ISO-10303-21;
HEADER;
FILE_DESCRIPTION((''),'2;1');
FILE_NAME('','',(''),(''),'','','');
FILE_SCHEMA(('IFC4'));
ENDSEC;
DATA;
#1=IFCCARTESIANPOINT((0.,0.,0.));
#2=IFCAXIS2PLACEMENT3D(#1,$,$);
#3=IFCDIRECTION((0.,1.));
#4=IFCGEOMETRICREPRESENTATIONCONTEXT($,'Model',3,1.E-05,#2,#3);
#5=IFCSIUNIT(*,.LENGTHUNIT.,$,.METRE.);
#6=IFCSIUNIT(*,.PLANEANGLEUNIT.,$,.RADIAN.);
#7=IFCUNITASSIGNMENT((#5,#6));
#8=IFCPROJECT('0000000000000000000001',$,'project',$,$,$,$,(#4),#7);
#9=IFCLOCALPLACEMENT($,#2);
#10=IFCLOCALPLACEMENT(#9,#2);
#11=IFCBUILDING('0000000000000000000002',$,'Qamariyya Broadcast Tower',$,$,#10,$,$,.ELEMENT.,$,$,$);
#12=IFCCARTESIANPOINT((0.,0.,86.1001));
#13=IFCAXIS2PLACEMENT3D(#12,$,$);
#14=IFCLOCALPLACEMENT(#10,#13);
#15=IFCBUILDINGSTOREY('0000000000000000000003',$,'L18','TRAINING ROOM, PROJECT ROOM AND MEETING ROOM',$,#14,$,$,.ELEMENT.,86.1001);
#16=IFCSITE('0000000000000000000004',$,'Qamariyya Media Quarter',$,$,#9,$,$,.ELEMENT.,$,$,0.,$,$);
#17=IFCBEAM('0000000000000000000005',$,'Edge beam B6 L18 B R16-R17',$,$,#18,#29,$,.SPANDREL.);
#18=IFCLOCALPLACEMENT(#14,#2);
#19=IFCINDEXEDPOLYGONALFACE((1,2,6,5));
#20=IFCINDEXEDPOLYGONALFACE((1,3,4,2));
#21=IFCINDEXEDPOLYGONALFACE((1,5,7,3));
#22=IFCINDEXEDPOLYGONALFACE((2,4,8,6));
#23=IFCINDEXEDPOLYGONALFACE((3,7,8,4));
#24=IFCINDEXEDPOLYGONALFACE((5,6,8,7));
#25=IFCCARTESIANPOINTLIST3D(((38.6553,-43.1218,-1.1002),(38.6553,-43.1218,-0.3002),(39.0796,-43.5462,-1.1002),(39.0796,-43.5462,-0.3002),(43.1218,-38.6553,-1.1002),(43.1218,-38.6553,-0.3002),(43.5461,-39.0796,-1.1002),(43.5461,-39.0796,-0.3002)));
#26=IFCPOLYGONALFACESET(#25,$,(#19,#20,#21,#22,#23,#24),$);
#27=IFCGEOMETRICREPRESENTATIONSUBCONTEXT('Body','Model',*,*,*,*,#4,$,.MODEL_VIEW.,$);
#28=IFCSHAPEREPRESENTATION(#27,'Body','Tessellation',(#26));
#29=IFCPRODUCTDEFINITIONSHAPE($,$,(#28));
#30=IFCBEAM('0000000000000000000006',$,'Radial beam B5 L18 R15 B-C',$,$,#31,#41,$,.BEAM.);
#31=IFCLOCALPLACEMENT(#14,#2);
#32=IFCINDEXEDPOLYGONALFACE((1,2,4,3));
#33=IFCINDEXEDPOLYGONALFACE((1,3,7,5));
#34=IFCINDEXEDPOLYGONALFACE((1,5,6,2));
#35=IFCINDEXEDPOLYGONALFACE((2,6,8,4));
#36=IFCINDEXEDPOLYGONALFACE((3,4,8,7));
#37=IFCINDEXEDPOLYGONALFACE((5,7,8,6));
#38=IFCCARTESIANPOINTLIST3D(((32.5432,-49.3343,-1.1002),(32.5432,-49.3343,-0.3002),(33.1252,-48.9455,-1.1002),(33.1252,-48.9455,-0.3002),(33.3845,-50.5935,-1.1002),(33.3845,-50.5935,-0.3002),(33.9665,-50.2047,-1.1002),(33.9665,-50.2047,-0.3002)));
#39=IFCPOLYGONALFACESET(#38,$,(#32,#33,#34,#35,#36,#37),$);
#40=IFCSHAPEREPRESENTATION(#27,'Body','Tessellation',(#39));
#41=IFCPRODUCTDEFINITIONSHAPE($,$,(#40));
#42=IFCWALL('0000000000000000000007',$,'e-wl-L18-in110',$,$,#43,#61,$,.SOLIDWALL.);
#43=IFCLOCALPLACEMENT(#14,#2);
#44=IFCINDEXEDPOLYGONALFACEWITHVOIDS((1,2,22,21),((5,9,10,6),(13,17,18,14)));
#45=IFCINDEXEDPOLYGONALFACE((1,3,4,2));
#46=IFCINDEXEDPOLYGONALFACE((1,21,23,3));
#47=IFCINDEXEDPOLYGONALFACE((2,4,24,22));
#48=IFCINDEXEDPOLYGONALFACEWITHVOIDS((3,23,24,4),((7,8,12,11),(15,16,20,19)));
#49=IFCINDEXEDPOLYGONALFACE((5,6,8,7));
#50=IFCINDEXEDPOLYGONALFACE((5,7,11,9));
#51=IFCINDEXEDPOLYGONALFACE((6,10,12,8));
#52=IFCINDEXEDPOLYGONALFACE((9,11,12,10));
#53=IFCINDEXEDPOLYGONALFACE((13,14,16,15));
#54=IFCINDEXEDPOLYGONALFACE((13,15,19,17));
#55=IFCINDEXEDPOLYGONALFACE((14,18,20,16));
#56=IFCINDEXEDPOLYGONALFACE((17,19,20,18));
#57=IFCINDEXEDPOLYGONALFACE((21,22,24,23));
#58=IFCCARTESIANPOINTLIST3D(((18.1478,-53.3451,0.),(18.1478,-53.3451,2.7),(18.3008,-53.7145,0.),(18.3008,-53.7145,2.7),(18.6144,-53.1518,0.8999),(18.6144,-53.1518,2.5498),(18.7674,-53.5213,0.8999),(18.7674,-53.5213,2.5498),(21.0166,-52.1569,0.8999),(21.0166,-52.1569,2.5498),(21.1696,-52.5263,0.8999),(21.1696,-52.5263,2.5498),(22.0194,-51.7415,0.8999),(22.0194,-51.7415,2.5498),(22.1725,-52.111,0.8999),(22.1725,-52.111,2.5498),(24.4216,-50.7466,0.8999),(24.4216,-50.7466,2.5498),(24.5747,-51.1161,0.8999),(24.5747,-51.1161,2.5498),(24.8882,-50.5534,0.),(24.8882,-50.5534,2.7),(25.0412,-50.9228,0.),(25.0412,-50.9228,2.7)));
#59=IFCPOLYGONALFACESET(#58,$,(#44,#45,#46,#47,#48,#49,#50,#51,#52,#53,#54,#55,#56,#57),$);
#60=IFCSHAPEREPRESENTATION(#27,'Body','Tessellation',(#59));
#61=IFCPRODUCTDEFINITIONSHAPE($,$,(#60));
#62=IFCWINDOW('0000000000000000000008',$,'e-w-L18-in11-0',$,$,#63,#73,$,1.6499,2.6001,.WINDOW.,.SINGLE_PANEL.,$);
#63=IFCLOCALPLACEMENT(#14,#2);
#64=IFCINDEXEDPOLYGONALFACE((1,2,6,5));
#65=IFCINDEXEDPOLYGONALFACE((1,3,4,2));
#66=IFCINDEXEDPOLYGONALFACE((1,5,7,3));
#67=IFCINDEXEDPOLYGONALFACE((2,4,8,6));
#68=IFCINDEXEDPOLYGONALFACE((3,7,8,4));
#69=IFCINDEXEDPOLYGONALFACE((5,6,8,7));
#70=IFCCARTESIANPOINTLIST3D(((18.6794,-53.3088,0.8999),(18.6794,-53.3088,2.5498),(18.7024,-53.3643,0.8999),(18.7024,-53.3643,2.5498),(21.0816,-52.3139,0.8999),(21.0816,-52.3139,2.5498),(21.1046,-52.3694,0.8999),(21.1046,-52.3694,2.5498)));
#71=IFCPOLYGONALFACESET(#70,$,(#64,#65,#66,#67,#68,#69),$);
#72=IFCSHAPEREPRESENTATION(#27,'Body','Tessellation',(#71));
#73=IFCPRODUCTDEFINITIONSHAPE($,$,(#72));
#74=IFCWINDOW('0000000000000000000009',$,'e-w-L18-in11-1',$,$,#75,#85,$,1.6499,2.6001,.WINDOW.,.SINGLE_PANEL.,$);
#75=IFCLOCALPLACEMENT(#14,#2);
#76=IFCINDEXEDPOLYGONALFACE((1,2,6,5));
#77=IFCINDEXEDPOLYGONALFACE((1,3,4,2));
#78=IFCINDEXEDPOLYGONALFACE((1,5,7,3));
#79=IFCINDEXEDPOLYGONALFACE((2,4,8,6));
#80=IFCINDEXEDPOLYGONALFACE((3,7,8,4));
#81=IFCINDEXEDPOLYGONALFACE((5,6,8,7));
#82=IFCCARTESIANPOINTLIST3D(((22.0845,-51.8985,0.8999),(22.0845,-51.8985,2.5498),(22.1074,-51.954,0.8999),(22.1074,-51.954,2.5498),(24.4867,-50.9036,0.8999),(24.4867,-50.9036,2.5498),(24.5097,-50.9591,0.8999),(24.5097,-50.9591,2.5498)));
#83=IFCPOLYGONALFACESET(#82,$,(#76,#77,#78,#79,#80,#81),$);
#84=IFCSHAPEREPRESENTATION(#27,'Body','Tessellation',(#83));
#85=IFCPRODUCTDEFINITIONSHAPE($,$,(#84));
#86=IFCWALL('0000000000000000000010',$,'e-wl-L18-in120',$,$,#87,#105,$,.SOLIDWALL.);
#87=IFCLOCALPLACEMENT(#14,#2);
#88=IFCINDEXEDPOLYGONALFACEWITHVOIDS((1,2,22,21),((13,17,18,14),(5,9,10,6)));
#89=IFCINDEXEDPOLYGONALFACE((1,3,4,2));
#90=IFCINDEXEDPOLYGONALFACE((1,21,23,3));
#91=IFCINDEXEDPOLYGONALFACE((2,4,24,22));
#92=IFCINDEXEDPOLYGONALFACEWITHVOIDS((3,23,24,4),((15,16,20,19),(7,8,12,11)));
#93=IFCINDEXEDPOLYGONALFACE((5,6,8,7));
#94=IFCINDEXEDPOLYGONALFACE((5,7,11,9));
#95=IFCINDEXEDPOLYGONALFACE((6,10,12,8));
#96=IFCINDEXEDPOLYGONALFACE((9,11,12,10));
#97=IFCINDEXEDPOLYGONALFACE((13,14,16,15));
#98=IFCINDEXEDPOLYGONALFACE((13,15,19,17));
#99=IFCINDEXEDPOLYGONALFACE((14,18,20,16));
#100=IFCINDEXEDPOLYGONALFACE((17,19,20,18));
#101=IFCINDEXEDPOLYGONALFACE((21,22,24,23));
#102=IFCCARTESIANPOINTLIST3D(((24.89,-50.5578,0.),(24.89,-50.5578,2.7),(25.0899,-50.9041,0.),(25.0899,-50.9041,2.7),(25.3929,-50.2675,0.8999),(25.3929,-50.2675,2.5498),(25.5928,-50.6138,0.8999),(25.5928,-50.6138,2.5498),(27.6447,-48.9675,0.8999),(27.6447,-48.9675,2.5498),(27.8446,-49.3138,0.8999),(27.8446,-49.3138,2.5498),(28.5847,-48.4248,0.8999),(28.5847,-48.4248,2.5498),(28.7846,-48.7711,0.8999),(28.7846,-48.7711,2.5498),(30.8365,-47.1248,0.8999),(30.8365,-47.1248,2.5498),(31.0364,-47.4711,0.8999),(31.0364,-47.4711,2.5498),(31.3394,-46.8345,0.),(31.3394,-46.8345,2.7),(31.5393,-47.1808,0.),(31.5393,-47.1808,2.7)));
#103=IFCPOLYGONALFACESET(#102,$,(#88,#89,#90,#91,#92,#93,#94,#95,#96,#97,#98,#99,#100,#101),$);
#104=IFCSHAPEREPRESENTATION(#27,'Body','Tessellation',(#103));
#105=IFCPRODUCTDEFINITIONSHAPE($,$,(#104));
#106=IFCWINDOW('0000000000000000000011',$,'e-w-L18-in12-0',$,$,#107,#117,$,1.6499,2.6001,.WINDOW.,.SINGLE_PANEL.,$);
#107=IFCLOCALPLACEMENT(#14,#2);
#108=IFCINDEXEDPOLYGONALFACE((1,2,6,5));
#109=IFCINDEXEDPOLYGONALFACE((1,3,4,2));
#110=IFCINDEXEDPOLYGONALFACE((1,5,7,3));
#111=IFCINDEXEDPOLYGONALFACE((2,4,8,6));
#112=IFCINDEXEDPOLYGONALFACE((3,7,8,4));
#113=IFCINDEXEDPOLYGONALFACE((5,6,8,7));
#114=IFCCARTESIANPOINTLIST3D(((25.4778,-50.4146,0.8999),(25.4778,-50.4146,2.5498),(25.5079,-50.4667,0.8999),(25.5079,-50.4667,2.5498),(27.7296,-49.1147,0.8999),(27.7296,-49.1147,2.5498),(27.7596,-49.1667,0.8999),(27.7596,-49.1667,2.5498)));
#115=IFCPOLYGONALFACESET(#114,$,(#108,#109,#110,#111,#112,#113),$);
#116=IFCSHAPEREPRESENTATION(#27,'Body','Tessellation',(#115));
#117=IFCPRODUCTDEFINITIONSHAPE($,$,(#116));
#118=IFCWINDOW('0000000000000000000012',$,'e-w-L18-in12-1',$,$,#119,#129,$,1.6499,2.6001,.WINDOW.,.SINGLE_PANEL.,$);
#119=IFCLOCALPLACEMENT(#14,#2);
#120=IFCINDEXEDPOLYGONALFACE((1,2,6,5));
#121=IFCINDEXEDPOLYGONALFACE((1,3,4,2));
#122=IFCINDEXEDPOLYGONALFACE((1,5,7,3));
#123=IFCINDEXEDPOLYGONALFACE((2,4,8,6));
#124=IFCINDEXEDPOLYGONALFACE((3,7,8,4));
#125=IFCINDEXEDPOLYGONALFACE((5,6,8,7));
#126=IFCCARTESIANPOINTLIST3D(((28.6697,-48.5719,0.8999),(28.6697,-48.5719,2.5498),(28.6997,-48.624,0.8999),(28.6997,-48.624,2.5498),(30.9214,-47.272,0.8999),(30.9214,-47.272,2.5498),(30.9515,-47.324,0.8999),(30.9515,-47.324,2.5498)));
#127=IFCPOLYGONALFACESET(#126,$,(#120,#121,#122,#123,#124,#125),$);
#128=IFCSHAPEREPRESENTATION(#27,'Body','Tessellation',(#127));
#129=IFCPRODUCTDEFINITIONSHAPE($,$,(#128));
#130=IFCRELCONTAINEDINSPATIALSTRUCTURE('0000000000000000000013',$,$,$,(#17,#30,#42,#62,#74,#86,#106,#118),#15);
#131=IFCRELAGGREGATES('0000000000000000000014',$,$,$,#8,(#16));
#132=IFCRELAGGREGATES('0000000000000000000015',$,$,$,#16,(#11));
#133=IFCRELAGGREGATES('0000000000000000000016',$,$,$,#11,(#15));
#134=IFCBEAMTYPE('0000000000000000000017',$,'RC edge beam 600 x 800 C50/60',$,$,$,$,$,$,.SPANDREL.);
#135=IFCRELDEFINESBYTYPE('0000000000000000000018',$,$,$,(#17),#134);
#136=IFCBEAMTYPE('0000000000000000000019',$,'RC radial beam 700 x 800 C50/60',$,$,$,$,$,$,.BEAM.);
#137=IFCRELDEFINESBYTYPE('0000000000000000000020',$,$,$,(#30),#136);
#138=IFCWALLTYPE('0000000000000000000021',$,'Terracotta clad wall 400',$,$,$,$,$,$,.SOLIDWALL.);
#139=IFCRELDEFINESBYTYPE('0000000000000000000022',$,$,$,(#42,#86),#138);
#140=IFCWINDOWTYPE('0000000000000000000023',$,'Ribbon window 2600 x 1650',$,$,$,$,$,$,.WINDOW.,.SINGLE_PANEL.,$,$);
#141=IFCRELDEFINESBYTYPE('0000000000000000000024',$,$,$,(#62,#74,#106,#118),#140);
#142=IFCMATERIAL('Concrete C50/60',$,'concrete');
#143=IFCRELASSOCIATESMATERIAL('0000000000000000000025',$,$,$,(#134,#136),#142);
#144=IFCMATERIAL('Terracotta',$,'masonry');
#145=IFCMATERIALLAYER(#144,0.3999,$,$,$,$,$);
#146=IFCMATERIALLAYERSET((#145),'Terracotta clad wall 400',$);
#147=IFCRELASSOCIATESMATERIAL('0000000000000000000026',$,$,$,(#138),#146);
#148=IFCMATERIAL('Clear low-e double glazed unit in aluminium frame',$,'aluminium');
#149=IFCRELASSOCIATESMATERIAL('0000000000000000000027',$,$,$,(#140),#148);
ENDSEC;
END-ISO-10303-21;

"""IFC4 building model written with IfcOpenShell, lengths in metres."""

from ifc_helpers import new_model, si_unit, direction, frame, frame_2d, origin, origin_2d, place, context, subcontext, project, spatial, rectangle, extrude, material, layer, layer_set, material_profile, profile_set, type_object, element, fill, save


model = new_model("IFC4")

# Units and contexts
model_context = context("Model", 3, precision=1e-05, world=origin(), true_north=direction((0.0, 1.0)))
body_context = subcontext(model_context, "Body", "Model", "MODEL_VIEW")
ifc_project = project(units=[si_unit("LENGTHUNIT", "METRE"), si_unit("PLANEANGLEUNIT", "RADIAN")], contexts=[model_context])

# Site, building, storey
site_placement = place(None, origin())
site = spatial("IfcSite", under=ifc_project, at=site_placement, Name="Qamariyya Media Quarter", CompositionType="ELEMENT", RefElevation=0.0)
building_placement = place(site_placement, origin())
building = spatial("IfcBuilding", under=site, at=building_placement, Name="Qamariyya Broadcast Tower", CompositionType="ELEMENT")
storey_placement = place(building_placement, frame((0.0, 0.0, 86.1001)))
storey = spatial("IfcBuildingStorey", under=building, at=storey_placement, Name="L18", Description="TRAINING ROOM, PROJECT ROOM AND MEETING ROOM", CompositionType="ELEMENT", Elevation=86.1001)

# Beams
ifc_material_1 = material(Name="Concrete C50/60", Category="concrete")
ifc_material_profile_1 = material_profile(ifc_material_1, rectangle(XDim=0.6001, YDim=0.8, at=origin_2d()))
ifc_profile_set_1 = profile_set([ifc_material_profile_1], Name="Concrete C50/60")
beam_type_1 = type_object("IfcBeamType", Name="RC edge beam 600 x 800 C50/60", PredefinedType="SPANDREL", material=ifc_profile_set_1)
beam_1_placement = place(storey_placement, frame((38.8674, -43.334, -0.7002), z_axis=(0.707107, 0.707107, 0.0), x_axis=(-0.707107, 0.707107, 0.0)))
element("IfcBeam", 1, at=beam_1_placement, inside=storey, type_object=beam_type_1, Name="Edge beam B6 L18 B R16-R17", PredefinedType="SPANDREL", context=body_context, shape_type="SweptSolid", body=[
    extrude(rectangle(XDim=0.6001, YDim=0.8, at=origin_2d()), origin(), (0.0, 0.0, 1.0), 6.3167),
])
ifc_material_profile_2 = material_profile(ifc_material_1, rectangle(XDim=0.7, YDim=0.8, at=origin_2d()))
ifc_profile_set_2 = profile_set([ifc_material_profile_2], Name="Concrete C50/60")
beam_type_2 = type_object("IfcBeamType", Name="RC radial beam 700 x 800 C50/60", PredefinedType="BEAM", material=ifc_profile_set_2)
beam_2_placement = place(storey_placement, frame((32.8342, -49.1399, -0.7002), z_axis=(0.555518, -0.831504, 0.0), x_axis=(0.831504, 0.555518, 0.0)))
element("IfcBeam", 2, at=beam_2_placement, inside=storey, type_object=beam_type_2, Name="Radial beam B5 L18 R15 B-C", PredefinedType="BEAM", context=body_context, shape_type="SweptSolid", body=[
    extrude(rectangle(XDim=0.7, YDim=0.8, at=origin_2d()), origin(), (0.0, 0.0, 1.0), 1.5144),
])

# Walls, openings, windows
ifc_material_2 = material(Name="Terracotta", Category="masonry")
ifc_layer = layer(ifc_material_2, 0.3999)
ifc_layer_set = layer_set([ifc_layer], Name="Terracotta clad wall 400")
wall_type = type_object("IfcWallType", Name="Terracotta clad wall 400", PredefinedType="SOLIDWALL", material=ifc_layer_set)
wall_1_placement = place(storey_placement, frame((24.9648, -50.738, 0.0), z_axis=(0.0, 0.0, 1.0), x_axis=(-0.923892, -0.382654, 0.0)))
wall_1 = element("IfcWall", 3, at=wall_1_placement, inside=storey, type_object=wall_type, Name="e-wl-L18-in110", PredefinedType="SOLIDWALL", context=body_context, shape_type="SweptSolid", body=[
    extrude(rectangle(XDim=7.2957, YDim=0.3999, at=frame_2d((3.6479, 0.0))), origin(), (0.0, 0.0, 1.0), 2.7),
])
opening_1_placement = place(wall_1_placement, frame((4.1907, 0.0, 0.8999)))
opening_1 = element("IfcOpeningElement", 4, at=opening_1_placement, cuts=wall_1, PredefinedType="OPENING", context=body_context, shape_type="SweptSolid", body=[
    extrude(rectangle(XDim=2.6001, YDim=1.6499, at=frame_2d((1.3, 0.825))), frame((0.0, 0.21, 0.0), z_axis=(0.0, -1.0, 0.0), x_axis=(1.0, 0.0, 0.0)), (0.0, 0.0, 1.0), 0.4199),
])
opening_2_placement = place(wall_1_placement, frame((0.5051, 0.0, 0.8999)))
opening_2 = element("IfcOpeningElement", 5, at=opening_2_placement, cuts=wall_1, PredefinedType="OPENING", context=body_context, shape_type="SweptSolid", body=[
    extrude(rectangle(XDim=2.6001, YDim=1.6499, at=frame_2d((1.3, 0.825))), frame((0.0, 0.21, 0.0), z_axis=(0.0, -1.0, 0.0), x_axis=(1.0, 0.0, 0.0)), (0.0, 0.0, 1.0), 0.4199),
])
ifc_material_3 = material(Name="Clear low-e double glazed unit in aluminium frame", Category="aluminium")
window_type = type_object("IfcWindowType", Name="Ribbon window 2600 x 1650", PartitioningType="SINGLE_PANEL", PredefinedType="WINDOW", material=ifc_material_3)
window_1_placement = place(opening_1_placement, origin())
window_1 = element("IfcWindow", 6, at=window_1_placement, inside=storey, type_object=window_type, Name="e-w-L18-in11-0", OverallHeight=1.6499, OverallWidth=2.6001, PartitioningType="SINGLE_PANEL", PredefinedType="WINDOW", context=body_context, shape_type="SweptSolid", body=[
    extrude(rectangle(XDim=2.6001, YDim=1.6499, at=frame_2d((1.3, 0.825))), frame((0.0, 0.03, 0.0), z_axis=(0.0, -1.0, 0.0), x_axis=(1.0, 0.0, 0.0)), (0.0, 0.0, 1.0), 0.0601),
])
fill(opening_1, window_1)
window_2_placement = place(opening_2_placement, origin())
window_2 = element("IfcWindow", 7, at=window_2_placement, inside=storey, type_object=window_type, Name="e-w-L18-in11-1", OverallHeight=1.6499, OverallWidth=2.6001, PartitioningType="SINGLE_PANEL", PredefinedType="WINDOW", context=body_context, shape_type="SweptSolid", body=[
    extrude(rectangle(XDim=2.6001, YDim=1.6499, at=frame_2d((1.3, 0.825))), frame((0.0, 0.03, 0.0), z_axis=(0.0, -1.0, 0.0), x_axis=(1.0, 0.0, 0.0)), (0.0, 0.0, 1.0), 0.0601),
])
fill(opening_2, window_2)
wall_2_placement = place(storey_placement, frame((31.4395, -47.0076, 0.0), z_axis=(0.0, 0.0, 1.0), x_axis=(-0.866038, -0.499979, 0.0)))
wall_2 = element("IfcWall", 8, at=wall_2_placement, inside=storey, type_object=wall_type, Name="e-wl-L18-in120", PredefinedType="SOLIDWALL", context=body_context, shape_type="SweptSolid", body=[
    extrude(rectangle(XDim=7.447, YDim=0.3999, at=frame_2d((3.7236, 0.0))), origin(), (0.0, 0.0, 1.0), 2.7),
])
opening_3_placement = place(wall_2_placement, frame((4.2664, 0.0, 0.8999)))
opening_3 = element("IfcOpeningElement", 9, at=opening_3_placement, cuts=wall_2, PredefinedType="OPENING", context=body_context, shape_type="SweptSolid", body=[
    extrude(rectangle(XDim=2.6001, YDim=1.6499, at=frame_2d((1.3, 0.825))), frame((0.0, 0.21, 0.0), z_axis=(0.0, -1.0, 0.0), x_axis=(1.0, 0.0, 0.0)), (0.0, 0.0, 1.0), 0.4199),
])
opening_4_placement = place(wall_2_placement, frame((0.5808, 0.0, 0.8999)))
opening_4 = element("IfcOpeningElement", 10, at=opening_4_placement, cuts=wall_2, PredefinedType="OPENING", context=body_context, shape_type="SweptSolid", body=[
    extrude(rectangle(XDim=2.6001, YDim=1.6499, at=frame_2d((1.3, 0.825))), frame((0.0, 0.21, 0.0), z_axis=(0.0, -1.0, 0.0), x_axis=(1.0, 0.0, 0.0)), (0.0, 0.0, 1.0), 0.4199),
])
window_3_placement = place(opening_3_placement, origin())
window_3 = element("IfcWindow", 11, at=window_3_placement, inside=storey, type_object=window_type, Name="e-w-L18-in12-0", OverallHeight=1.6499, OverallWidth=2.6001, PartitioningType="SINGLE_PANEL", PredefinedType="WINDOW", context=body_context, shape_type="SweptSolid", body=[
    extrude(rectangle(XDim=2.6001, YDim=1.6499, at=frame_2d((1.3, 0.825))), frame((0.0, 0.03, 0.0), z_axis=(0.0, -1.0, 0.0), x_axis=(1.0, 0.0, 0.0)), (0.0, 0.0, 1.0), 0.0601),
])
fill(opening_3, window_3)
window_4_placement = place(opening_4_placement, origin())
window_4 = element("IfcWindow", 12, at=window_4_placement, inside=storey, type_object=window_type, Name="e-w-L18-in12-1", OverallHeight=1.6499, OverallWidth=2.6001, PartitioningType="SINGLE_PANEL", PredefinedType="WINDOW", context=body_context, shape_type="SweptSolid", body=[
    extrude(rectangle(XDim=2.6001, YDim=1.6499, at=frame_2d((1.3, 0.825))), frame((0.0, 0.03, 0.0), z_axis=(0.0, -1.0, 0.0), x_axis=(1.0, 0.0, 0.0)), (0.0, 0.0, 1.0), 0.0601),
])
fill(opening_4, window_4)

save(model, "model.ifc")
